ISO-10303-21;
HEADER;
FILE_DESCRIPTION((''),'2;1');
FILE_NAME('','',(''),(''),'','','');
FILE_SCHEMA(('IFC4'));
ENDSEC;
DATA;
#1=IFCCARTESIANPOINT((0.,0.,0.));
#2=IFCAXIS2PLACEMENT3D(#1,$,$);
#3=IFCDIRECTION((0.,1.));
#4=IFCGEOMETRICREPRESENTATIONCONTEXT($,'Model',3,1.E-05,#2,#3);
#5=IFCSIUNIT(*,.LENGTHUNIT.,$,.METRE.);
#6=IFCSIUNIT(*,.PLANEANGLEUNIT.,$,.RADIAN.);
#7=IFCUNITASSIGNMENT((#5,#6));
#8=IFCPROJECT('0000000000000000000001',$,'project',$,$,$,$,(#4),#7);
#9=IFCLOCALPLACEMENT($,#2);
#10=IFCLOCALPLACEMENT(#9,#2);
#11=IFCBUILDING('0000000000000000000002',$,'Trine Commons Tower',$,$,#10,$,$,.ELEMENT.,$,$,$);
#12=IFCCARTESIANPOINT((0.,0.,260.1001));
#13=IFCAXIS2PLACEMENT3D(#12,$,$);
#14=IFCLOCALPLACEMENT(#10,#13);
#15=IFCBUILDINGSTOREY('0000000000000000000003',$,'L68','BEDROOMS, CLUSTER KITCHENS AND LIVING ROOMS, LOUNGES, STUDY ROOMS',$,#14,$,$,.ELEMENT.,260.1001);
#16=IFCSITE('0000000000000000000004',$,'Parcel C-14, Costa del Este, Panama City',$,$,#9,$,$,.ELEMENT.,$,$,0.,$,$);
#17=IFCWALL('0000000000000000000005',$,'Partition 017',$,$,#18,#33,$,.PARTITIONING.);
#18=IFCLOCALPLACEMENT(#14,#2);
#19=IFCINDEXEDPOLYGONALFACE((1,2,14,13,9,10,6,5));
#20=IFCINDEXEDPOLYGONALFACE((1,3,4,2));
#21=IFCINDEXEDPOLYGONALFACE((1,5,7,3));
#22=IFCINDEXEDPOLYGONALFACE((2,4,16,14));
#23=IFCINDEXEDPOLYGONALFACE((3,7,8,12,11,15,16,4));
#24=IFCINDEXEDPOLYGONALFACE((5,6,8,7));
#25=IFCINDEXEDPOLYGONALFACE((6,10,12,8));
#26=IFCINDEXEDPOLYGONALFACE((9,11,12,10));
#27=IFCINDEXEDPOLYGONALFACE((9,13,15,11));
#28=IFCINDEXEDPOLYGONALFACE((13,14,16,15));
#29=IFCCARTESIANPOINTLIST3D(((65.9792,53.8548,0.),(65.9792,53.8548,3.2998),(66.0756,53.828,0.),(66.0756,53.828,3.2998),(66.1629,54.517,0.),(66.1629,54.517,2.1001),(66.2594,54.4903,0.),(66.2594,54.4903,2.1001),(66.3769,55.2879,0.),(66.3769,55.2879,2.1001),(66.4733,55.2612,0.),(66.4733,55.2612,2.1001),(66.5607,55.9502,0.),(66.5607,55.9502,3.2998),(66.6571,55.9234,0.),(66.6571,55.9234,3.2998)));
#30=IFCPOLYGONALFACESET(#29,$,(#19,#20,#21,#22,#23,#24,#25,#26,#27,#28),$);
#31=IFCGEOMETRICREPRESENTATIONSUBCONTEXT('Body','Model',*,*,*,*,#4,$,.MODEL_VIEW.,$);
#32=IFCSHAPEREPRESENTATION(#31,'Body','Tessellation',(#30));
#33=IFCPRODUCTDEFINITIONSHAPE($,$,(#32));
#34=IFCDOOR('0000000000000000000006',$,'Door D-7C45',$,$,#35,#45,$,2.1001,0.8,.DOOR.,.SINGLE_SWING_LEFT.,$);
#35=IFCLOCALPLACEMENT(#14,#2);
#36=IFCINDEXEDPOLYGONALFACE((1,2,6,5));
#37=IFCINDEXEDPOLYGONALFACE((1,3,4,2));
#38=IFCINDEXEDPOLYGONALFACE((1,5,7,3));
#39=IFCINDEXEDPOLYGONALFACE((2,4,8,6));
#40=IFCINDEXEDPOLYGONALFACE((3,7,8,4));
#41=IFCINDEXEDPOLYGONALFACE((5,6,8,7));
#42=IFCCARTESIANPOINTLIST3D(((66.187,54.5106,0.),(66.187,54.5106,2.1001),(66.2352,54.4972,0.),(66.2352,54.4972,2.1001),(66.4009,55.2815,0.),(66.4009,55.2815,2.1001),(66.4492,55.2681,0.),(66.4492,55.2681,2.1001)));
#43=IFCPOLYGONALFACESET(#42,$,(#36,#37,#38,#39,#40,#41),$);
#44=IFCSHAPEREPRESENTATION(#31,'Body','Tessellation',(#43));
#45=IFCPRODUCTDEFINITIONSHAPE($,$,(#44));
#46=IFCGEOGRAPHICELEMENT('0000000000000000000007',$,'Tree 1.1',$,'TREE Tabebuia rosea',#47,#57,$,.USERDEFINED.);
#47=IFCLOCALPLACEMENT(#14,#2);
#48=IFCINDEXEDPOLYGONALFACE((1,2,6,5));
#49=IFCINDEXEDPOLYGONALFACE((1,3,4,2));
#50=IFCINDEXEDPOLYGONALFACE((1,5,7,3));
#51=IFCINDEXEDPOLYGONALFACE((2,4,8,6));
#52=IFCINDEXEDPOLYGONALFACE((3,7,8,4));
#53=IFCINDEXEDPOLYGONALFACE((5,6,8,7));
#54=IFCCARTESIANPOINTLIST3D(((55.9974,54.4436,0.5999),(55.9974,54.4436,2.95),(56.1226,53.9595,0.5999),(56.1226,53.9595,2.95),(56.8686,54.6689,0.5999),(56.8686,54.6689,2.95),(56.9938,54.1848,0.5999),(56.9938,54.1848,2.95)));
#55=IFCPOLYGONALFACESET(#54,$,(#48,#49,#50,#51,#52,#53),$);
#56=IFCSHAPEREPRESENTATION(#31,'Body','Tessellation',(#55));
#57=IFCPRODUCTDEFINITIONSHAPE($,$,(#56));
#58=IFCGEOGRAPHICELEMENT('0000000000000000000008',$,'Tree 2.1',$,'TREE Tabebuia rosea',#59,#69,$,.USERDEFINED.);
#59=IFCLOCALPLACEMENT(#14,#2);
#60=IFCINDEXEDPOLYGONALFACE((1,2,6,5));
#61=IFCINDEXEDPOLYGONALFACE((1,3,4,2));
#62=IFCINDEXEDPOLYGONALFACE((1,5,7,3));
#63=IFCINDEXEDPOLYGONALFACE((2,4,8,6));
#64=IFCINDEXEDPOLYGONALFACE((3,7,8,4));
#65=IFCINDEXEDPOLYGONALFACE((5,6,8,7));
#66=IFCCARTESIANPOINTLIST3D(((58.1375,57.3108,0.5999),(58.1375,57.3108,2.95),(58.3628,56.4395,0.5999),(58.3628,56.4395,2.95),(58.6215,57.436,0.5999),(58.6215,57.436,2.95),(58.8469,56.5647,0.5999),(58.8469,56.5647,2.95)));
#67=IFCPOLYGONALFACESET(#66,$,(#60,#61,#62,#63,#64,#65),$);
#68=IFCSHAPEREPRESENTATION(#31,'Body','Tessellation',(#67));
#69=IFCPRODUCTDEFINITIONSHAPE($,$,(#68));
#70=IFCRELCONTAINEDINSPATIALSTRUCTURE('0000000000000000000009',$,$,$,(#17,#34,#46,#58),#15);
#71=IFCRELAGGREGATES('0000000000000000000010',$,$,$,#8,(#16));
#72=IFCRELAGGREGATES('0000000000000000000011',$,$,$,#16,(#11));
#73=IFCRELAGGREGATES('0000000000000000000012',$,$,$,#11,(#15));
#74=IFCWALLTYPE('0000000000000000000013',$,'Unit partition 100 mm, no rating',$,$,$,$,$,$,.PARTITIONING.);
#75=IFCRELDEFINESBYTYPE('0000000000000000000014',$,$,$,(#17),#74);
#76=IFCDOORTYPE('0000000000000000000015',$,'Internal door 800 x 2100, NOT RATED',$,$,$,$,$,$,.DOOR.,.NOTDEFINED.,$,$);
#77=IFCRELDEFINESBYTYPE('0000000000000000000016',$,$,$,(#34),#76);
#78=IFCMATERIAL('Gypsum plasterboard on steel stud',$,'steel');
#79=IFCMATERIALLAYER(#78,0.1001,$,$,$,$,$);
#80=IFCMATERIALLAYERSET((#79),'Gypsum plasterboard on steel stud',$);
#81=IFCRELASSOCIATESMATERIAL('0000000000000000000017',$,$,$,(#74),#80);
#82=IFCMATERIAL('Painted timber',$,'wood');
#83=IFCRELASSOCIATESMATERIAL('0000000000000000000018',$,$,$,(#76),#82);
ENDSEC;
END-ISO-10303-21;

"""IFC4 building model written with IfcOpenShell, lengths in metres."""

from ifc_helpers import new_model, si_unit, direction, frame, frame_2d, origin, origin_2d, place, context, subcontext, project, spatial, rectangle, extrude, material, layer, layer_set, type_object, element, fill, save


model = new_model("IFC4")

# Units and contexts
model_context = context("Model", 3, precision=1e-05, world=origin(), true_north=direction((0.0, 1.0)))
body_context = subcontext(model_context, "Body", "Model", "MODEL_VIEW")
ifc_project = project(units=[si_unit("LENGTHUNIT", "METRE"), si_unit("PLANEANGLEUNIT", "RADIAN")], contexts=[model_context])

# Site, building, storey
site_placement = place(None, origin())
site = spatial("IfcSite", under=ifc_project, at=site_placement, Name="Parcel C-14, Costa del Este, Panama City", CompositionType="ELEMENT", RefElevation=0.0)
building_placement = place(site_placement, origin())
building = spatial("IfcBuilding", under=site, at=building_placement, Name="Trine Commons Tower", CompositionType="ELEMENT")
storey_placement = place(building_placement, frame((0.0, 0.0, 260.1001)))
storey = spatial("IfcBuildingStorey", under=building, at=storey_placement, Name="L68", Description="BEDROOMS, CLUSTER KITCHENS AND LIVING ROOMS, LOUNGES, STUDY ROOMS", CompositionType="ELEMENT", Elevation=260.1001)

# Shared definitions
ifc_material_1 = material(Name="Gypsum plasterboard on steel stud", Category="steel")

# Shared definitions
ifc_layer_1 = layer(ifc_material_1, 0.1001)
ifc_layer_set_1 = layer_set([ifc_layer_1], Name="Gypsum plasterboard on steel stud")
wall_type_1 = type_object("IfcWallType", Name="Unit partition 100 mm, no rating", PredefinedType="PARTITIONING", material=ifc_layer_set_1)
ifc_material_2 = material(Name="Painted timber", Category="wood")
door_type_1 = type_object("IfcDoorType", Name="Internal door 800 x 2100, NOT RATED", OperationType="NOTDEFINED", PredefinedType="DOOR", material=ifc_material_2)

# Wall, opening, door
wall_1_placement = place(storey_placement, frame((66.0273, 53.8413, 0.0), z_axis=(0.0, 0.0, 1.0), x_axis=(0.267418, 0.963581, 0.0)))
wall_1 = element("IfcWall", 1, at=wall_1_placement, inside=storey, type_object=wall_type_1, Name="Partition 017", PredefinedType="PARTITIONING", context=body_context, shape_type="SweptSolid", body=[
    extrude(rectangle(XDim=2.1746, YDim=0.1001, at=frame_2d((1.0874, 0.0))), origin(), (0.0, 0.0, 1.0), 3.2998),
])
opening_1_placement = place(wall_1_placement, frame((0.6875, 0.0, 0.0)))
opening_1 = element("IfcOpeningElement", 2, at=opening_1_placement, cuts=wall_1, PredefinedType="OPENING", context=body_context, shape_type="SweptSolid", body=[
    extrude(rectangle(XDim=0.8, YDim=2.1001, at=frame_2d((0.3999, 1.05))), frame((0.0, 0.0601, 0.0), z_axis=(0.0, -1.0, 0.0), x_axis=(1.0, 0.0, 0.0)), (0.0, 0.0, 1.0), 0.1201),
])
door_1_placement = place(opening_1_placement, frame((0.8, 0.0, 0.0), z_axis=(0.0, 0.0, 1.0), x_axis=(-1.0, 0.0, 0.0)))
door_1 = element("IfcDoor", 3, at=door_1_placement, inside=storey, type_object=door_type_1, Name="Door D-7C45", OperationType="SINGLE_SWING_LEFT", OverallHeight=2.1001, OverallWidth=0.8, PredefinedType="DOOR", context=body_context, shape_type="SweptSolid", body=[
    extrude(rectangle(XDim=0.8, YDim=2.1001, at=frame_2d((0.3999, 1.05))), frame((0.0, 0.0249, 0.0), z_axis=(0.0, -1.0, 0.0), x_axis=(1.0, 0.0, 0.0)), (0.0, 0.0, 1.0), 0.05),
])
fill(opening_1, door_1)

# Geographic elements
for number, where, z_axis, x_axis, name in (
    (4, (56.4956, 54.3142, 0.5999), (0.0, 0.0, 1.0), (0.968152, 0.250363, 0.0), "Tree 1.1"),
    (5, (58.4922, 56.9377, 0.5999), (0.0, 0.0, 1.0), (-0.25041, 0.96814, 0.0), "Tree 2.1"),
):
    element("IfcGeographicElement", number, at=place(storey_placement, frame(where, z_axis=z_axis, x_axis=x_axis)), inside=storey, Name=name, ObjectType="TREE Tabebuia rosea", PredefinedType="USERDEFINED", context=body_context, shape_type="SweptSolid", body=[
        extrude(rectangle(XDim=0.8999, YDim=0.5, at=origin_2d()), origin(), (0.0, 0.0, 1.0), 2.3501),
    ])

save(model, "model.ifc")
